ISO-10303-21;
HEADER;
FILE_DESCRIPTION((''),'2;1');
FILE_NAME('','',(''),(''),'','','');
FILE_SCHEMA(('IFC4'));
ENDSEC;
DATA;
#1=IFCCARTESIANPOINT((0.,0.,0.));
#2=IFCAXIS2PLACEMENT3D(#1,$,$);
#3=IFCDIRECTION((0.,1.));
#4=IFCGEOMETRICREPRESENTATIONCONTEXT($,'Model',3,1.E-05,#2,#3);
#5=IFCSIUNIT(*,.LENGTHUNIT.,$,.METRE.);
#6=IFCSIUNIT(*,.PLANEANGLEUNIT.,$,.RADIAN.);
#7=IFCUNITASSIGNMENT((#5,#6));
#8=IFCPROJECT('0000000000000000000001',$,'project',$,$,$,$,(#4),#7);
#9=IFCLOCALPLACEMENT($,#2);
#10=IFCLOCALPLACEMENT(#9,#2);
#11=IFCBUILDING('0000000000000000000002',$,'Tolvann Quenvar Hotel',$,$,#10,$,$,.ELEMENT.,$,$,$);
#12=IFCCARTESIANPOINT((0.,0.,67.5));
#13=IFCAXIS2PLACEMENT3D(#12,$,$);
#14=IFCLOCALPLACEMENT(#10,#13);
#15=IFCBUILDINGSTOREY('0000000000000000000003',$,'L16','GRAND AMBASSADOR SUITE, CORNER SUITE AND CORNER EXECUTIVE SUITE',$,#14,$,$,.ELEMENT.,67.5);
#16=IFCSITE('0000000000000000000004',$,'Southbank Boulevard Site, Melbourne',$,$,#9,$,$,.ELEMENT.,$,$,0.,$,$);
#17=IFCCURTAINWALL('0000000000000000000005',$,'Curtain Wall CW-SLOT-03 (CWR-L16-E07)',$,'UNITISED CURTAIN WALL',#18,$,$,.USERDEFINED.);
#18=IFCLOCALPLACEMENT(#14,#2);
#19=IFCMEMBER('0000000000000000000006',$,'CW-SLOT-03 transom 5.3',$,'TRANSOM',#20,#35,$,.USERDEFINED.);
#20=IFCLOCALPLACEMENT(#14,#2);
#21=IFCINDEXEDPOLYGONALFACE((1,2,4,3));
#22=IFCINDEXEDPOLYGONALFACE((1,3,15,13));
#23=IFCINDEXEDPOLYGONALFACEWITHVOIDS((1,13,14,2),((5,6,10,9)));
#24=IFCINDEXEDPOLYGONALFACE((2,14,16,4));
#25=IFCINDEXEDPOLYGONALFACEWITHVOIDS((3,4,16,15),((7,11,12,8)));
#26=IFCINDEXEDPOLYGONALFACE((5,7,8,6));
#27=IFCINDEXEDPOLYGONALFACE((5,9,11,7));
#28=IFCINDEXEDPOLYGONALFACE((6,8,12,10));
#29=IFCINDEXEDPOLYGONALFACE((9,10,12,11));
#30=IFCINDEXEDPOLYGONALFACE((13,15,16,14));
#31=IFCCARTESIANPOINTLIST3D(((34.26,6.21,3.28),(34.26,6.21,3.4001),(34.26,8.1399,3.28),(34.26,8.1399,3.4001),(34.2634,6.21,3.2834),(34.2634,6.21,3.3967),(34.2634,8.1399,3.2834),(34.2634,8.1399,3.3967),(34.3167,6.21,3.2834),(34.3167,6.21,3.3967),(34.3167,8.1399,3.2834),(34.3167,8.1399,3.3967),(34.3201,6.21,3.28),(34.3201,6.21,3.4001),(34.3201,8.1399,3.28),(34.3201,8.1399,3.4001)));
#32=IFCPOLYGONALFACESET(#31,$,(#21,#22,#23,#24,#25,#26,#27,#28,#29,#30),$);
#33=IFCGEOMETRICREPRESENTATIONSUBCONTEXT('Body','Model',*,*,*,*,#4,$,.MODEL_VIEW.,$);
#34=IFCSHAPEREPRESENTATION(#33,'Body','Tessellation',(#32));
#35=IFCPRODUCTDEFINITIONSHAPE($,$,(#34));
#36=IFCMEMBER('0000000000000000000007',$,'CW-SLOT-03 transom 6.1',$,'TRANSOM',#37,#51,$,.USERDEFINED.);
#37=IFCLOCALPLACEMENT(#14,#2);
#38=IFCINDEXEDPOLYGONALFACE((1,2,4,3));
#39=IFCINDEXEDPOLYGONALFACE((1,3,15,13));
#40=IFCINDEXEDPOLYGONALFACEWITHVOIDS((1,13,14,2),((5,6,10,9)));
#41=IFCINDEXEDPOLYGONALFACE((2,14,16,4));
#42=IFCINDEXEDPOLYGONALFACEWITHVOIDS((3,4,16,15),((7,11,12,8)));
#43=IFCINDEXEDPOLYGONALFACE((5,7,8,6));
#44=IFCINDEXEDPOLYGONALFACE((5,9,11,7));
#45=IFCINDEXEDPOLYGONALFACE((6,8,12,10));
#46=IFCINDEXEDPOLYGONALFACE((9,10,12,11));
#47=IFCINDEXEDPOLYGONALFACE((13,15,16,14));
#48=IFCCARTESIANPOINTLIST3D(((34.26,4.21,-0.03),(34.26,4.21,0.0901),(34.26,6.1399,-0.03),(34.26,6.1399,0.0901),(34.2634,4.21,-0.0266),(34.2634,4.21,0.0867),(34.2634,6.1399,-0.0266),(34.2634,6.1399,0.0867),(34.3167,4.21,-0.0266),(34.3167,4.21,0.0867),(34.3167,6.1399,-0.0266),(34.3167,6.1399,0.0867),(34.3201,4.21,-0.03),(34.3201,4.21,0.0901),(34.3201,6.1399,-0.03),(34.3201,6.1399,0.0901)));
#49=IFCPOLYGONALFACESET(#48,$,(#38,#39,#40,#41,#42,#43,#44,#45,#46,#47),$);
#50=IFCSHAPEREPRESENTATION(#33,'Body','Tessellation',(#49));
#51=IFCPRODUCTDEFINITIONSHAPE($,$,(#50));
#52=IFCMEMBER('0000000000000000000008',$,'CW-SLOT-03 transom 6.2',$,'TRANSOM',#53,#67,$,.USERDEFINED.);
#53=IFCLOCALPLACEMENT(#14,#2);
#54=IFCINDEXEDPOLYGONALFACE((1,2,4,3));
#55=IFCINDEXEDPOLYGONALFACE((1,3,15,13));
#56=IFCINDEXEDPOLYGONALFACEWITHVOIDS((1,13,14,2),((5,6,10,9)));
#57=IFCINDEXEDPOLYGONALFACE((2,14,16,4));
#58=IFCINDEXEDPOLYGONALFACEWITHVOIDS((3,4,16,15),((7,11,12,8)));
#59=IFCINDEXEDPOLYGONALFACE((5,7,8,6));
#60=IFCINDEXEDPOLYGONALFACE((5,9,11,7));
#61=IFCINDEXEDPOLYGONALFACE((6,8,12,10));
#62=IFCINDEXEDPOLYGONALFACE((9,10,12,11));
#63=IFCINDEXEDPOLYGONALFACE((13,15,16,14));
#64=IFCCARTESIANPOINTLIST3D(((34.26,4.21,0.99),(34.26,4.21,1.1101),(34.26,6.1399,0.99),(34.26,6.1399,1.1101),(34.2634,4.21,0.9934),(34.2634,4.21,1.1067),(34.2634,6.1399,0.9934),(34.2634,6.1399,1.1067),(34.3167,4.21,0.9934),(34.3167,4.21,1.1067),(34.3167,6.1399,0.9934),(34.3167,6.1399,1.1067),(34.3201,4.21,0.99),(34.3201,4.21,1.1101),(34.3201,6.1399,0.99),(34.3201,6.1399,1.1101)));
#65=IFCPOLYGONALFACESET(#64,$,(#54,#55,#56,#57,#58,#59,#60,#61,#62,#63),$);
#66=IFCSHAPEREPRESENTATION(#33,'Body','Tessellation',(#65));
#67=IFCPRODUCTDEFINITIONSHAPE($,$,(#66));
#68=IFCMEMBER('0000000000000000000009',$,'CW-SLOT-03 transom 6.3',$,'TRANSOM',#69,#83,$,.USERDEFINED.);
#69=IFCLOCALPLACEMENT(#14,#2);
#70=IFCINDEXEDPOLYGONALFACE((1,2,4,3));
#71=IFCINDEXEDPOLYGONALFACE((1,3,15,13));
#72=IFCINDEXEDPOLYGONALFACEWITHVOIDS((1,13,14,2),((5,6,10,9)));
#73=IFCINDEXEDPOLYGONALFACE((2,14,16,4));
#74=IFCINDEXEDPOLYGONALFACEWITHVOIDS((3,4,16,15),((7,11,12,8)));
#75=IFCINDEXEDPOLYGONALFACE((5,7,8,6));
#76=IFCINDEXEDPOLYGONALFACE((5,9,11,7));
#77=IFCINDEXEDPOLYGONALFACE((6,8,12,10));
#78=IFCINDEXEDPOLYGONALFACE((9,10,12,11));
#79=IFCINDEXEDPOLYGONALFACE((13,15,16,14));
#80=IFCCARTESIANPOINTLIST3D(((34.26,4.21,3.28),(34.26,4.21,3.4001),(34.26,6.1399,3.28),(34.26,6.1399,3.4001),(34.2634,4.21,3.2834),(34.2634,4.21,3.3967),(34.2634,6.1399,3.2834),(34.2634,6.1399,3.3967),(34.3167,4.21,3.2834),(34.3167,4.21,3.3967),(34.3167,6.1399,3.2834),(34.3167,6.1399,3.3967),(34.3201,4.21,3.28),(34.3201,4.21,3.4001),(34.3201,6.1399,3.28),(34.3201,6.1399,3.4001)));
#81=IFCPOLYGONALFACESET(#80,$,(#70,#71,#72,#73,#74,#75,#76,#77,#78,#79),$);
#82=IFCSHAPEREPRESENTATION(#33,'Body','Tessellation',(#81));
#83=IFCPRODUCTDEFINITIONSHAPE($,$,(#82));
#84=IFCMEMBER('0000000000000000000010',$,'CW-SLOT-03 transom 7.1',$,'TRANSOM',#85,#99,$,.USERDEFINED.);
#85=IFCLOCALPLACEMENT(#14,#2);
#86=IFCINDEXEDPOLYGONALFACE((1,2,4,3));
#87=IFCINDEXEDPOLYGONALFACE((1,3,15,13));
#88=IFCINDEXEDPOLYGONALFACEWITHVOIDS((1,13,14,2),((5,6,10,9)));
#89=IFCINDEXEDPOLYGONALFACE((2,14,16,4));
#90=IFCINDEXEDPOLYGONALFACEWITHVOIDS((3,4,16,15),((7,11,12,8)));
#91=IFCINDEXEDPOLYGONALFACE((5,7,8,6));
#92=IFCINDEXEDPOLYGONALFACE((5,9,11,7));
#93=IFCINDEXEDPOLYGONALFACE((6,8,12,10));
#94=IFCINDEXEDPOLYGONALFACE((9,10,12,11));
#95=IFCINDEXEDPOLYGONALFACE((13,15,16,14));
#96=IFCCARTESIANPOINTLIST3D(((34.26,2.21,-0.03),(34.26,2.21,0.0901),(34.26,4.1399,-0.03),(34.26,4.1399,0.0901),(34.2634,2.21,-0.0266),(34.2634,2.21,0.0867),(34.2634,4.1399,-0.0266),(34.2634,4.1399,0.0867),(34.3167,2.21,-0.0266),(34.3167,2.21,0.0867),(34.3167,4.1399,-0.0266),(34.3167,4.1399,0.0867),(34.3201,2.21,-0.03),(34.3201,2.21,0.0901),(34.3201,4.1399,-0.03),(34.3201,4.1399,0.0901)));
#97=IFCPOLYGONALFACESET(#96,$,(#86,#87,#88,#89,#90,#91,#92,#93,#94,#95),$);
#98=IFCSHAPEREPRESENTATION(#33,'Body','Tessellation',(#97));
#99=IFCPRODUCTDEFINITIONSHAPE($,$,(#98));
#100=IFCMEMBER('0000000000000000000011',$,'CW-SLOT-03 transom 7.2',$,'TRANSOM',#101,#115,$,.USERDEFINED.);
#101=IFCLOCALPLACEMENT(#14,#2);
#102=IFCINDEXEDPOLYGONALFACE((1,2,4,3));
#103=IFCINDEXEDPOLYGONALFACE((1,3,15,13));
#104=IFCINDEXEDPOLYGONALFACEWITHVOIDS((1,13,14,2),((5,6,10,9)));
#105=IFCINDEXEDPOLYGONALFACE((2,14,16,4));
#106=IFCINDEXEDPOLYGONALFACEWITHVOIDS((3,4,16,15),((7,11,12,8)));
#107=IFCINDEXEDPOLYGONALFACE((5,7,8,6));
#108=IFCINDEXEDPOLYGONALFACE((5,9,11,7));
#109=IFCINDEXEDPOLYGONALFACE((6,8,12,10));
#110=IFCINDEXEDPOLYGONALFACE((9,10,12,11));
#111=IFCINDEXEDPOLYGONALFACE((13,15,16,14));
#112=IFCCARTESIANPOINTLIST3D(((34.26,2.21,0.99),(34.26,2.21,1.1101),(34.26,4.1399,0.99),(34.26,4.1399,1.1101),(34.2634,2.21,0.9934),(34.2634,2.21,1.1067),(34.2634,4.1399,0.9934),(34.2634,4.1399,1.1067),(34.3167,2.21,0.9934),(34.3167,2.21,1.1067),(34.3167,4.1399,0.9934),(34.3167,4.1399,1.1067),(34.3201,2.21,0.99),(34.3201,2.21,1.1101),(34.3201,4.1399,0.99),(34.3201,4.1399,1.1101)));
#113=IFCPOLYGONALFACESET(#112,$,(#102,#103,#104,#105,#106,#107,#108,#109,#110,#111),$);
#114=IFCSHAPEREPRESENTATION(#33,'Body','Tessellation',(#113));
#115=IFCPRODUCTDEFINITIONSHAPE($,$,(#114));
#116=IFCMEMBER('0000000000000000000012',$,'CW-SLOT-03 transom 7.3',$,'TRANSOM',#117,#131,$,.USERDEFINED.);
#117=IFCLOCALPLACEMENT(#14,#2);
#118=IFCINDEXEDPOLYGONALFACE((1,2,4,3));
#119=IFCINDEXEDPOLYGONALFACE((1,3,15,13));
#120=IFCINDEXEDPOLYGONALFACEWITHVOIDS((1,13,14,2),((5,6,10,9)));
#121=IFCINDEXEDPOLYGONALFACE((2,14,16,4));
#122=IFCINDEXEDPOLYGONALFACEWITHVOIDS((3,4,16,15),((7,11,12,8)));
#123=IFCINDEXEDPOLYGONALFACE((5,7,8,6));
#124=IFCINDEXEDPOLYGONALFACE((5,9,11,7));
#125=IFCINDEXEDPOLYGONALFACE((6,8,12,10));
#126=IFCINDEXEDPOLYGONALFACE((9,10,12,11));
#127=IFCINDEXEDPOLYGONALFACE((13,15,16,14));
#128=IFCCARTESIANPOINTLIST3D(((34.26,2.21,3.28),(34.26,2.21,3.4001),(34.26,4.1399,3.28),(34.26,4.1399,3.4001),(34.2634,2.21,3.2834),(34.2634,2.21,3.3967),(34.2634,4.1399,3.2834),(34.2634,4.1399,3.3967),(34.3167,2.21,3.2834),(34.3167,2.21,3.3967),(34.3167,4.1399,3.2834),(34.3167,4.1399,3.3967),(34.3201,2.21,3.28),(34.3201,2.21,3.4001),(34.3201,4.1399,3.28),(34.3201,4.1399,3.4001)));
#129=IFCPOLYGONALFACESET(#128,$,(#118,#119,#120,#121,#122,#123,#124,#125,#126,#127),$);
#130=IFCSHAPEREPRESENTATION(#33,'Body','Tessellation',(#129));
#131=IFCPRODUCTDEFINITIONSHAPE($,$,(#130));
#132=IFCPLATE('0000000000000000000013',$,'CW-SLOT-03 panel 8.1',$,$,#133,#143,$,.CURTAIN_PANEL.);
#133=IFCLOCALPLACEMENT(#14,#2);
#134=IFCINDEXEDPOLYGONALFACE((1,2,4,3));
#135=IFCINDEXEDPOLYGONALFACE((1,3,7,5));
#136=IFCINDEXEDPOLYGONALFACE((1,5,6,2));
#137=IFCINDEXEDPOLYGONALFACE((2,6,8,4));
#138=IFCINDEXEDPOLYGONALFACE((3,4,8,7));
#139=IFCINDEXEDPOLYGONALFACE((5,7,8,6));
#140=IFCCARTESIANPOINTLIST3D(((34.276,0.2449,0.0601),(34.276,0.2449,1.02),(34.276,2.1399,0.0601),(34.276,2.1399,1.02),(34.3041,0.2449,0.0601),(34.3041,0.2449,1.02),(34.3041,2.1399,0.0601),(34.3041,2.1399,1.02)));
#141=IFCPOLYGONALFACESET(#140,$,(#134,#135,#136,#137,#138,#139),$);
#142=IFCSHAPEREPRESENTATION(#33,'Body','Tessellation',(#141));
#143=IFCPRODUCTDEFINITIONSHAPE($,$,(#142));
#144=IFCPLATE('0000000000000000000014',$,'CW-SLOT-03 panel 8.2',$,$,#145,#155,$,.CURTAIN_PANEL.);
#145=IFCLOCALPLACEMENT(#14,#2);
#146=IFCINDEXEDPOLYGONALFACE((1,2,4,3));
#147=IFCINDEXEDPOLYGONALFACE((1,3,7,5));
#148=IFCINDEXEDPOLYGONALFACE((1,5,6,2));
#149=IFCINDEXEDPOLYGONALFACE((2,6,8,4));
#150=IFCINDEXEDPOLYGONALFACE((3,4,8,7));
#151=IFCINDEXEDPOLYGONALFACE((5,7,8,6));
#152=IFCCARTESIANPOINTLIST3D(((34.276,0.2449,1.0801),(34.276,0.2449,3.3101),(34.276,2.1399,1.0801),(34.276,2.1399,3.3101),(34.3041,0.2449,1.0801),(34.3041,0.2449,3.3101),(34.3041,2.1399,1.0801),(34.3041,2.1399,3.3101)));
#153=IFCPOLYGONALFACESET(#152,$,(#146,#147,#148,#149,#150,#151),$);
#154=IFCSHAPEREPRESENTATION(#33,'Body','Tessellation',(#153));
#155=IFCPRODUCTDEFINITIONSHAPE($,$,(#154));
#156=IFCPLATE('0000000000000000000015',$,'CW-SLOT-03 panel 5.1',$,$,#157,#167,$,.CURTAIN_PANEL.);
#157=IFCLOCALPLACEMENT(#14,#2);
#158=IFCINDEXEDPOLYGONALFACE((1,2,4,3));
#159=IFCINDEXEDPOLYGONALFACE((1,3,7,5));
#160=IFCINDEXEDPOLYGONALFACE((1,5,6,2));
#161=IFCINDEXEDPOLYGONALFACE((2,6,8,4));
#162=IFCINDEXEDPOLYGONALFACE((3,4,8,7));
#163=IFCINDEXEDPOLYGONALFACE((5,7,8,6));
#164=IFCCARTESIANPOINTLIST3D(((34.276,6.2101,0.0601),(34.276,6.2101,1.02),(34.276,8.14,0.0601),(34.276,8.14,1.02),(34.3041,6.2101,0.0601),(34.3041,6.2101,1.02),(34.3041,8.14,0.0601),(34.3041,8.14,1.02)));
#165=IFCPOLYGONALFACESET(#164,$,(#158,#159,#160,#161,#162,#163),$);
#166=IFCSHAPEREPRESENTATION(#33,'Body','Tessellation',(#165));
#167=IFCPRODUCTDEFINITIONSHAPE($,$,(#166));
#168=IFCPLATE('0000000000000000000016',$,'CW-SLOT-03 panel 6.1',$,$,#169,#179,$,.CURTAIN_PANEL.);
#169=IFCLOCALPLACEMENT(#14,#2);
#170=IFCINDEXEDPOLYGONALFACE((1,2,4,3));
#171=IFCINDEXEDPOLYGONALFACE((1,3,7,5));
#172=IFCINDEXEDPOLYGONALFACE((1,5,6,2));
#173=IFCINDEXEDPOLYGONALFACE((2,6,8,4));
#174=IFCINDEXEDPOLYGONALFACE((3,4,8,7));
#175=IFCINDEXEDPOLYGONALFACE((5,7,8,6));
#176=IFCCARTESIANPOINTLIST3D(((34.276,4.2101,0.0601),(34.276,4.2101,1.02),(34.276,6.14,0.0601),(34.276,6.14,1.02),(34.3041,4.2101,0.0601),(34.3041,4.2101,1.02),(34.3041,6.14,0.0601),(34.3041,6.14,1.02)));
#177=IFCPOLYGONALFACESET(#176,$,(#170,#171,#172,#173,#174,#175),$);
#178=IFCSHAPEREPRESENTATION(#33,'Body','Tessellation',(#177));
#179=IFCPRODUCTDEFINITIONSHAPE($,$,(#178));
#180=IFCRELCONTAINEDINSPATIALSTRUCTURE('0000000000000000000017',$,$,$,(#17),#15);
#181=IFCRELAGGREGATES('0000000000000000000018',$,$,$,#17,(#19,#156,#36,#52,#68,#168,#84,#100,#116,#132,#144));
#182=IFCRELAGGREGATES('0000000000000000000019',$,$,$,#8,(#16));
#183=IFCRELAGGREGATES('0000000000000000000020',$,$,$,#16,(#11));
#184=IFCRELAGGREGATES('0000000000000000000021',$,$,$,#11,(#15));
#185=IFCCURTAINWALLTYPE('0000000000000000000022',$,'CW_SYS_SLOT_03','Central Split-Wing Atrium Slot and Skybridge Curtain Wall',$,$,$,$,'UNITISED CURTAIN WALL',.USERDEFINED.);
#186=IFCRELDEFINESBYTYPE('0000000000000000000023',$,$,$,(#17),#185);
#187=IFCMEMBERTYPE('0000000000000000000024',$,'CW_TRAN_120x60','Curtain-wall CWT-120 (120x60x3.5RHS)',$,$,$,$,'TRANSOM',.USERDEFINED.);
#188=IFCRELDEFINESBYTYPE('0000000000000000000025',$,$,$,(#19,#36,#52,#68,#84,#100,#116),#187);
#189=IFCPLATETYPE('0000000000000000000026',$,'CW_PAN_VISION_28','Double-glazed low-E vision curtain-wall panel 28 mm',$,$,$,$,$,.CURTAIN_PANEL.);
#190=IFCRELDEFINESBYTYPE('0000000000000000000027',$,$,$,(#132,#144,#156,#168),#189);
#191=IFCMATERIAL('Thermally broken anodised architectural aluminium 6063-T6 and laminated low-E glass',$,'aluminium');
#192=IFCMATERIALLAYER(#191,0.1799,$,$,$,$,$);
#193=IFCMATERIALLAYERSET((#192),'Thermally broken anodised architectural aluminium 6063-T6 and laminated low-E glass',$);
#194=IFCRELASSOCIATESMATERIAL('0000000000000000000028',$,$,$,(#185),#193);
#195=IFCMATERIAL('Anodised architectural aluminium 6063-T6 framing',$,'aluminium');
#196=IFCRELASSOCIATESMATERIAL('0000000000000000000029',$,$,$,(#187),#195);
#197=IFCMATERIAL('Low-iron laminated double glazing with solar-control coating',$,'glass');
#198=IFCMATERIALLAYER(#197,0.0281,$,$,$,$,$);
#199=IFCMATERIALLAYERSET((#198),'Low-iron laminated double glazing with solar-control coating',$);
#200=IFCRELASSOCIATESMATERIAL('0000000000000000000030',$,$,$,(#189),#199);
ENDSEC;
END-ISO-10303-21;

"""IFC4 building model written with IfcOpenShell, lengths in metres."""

from ifc_helpers import new_model, si_unit, direction, frame, origin, origin_2d, place, context, subcontext, project, spatial, rectangle, hollow_rectangle, extrude, source, transform, mapped, material, layer, layer_set, material_profile, profile_set, type_object, element, aggregate, save


model = new_model("IFC4")

# Units and contexts
model_context = context("Model", 3, precision=1e-05, world=origin(), true_north=direction((0.0, 1.0)))
body_context = subcontext(model_context, "Body", "Model", "MODEL_VIEW")
ifc_project = project(units=[si_unit("LENGTHUNIT", "METRE"), si_unit("PLANEANGLEUNIT", "RADIAN")], contexts=[model_context])

# Site, building, storey
site_placement = place(None, origin())
site = spatial("IfcSite", under=ifc_project, at=site_placement, Name="Southbank Boulevard Site, Melbourne", CompositionType="ELEMENT", RefElevation=0.0)
building_placement = place(site_placement, origin())
building = spatial("IfcBuilding", under=site, at=building_placement, Name="Tolvann Quenvar Hotel", CompositionType="ELEMENT")
storey_placement = place(building_placement, frame((0.0, 0.0, 67.5)))
storey = spatial("IfcBuildingStorey", under=building, at=storey_placement, Name="L16", Description="GRAND AMBASSADOR SUITE, CORNER SUITE AND CORNER EXECUTIVE SUITE", CompositionType="ELEMENT", Elevation=67.5)

# Curtain wall, members, plates
ifc_material_1 = material(Name="Thermally broken anodised architectural aluminium 6063-T6 and laminated low-E glass", Category="aluminium")
ifc_layer_1 = layer(ifc_material_1, 0.1799)
ifc_layer_set_1 = layer_set([ifc_layer_1], Name="Thermally broken anodised architectural aluminium 6063-T6 and laminated low-E glass")
curtain_wall_type = type_object("IfcCurtainWallType", Name="CW_SYS_SLOT_03", Description="Central Split-Wing Atrium Slot and Skybridge Curtain Wall", ElementType="UNITISED CURTAIN WALL", PredefinedType="USERDEFINED", material=ifc_layer_set_1)
curtain_wall_placement = place(storey_placement, origin())
curtain_wall = element("IfcCurtainWall", 1, at=curtain_wall_placement, inside=storey, type_object=curtain_wall_type, Name="Curtain Wall CW-SLOT-03 (CWR-L16-E07)", ObjectType="UNITISED CURTAIN WALL", PredefinedType="USERDEFINED")
ifc_material_2 = material(Name="Anodised architectural aluminium 6063-T6 framing", Category="aluminium")
ifc_material_profile_1 = material_profile(ifc_material_2, hollow_rectangle(XDim=0.0601, YDim=0.1201, WallThickness=0.0034, at=origin_2d()), Name="120x60x3.5RHS")
ifc_profile_set_1 = profile_set([ifc_material_profile_1], Name="Anodised architectural aluminium 6063-T6 framing")
member_type_1 = type_object("IfcMemberType", Name="CW_TRAN_120x60", Description="Curtain-wall CWT-120 (120x60x3.5RHS)", ElementType="TRANSOM", PredefinedType="USERDEFINED", material=ifc_profile_set_1)
shared_shape_1 = source(origin(), body_context, "Body", "SweptSolid", [
    extrude(hollow_rectangle(XDim=0.0601, YDim=0.1201, WallThickness=0.0034, at=origin_2d()), origin(), (0.0, 0.0, 1.0), 1.9299),
])
member_1_placement = place(storey_placement, frame((34.29, 8.1399, 3.3401), z_axis=(0.0, -1.0, 0.0), x_axis=(1.0, 0.0, 0.0)))
member_1 = element("IfcMember", 2, at=member_1_placement, type_object=member_type_1, Name="CW-SLOT-03 transom 5.3", ObjectType="TRANSOM", PredefinedType="USERDEFINED", context=body_context, shape_type="MappedRepresentation", body=[
    mapped(shared_shape_1, transform((0.0, 0.0, 0.0), x_axis=(1.0, 0.0, 0.0), y_axis=(0.0, 1.0, 0.0), z_axis=(0.0, 0.0, 1.0), scale=1.0)),
])
member_2_placement = place(storey_placement, frame((34.29, 6.1399, 0.03), z_axis=(0.0, -1.0, 0.0), x_axis=(1.0, 0.0, 0.0)))
member_2 = element("IfcMember", 3, at=member_2_placement, type_object=member_type_1, Name="CW-SLOT-03 transom 6.1", ObjectType="TRANSOM", PredefinedType="USERDEFINED", context=body_context, shape_type="MappedRepresentation", body=[
    mapped(shared_shape_1, transform((0.0, 0.0, 0.0), x_axis=(1.0, 0.0, 0.0), y_axis=(0.0, 1.0, 0.0), z_axis=(0.0, 0.0, 1.0), scale=1.0)),
])
member_3_placement = place(storey_placement, frame((34.29, 6.1399, 1.05), z_axis=(0.0, -1.0, 0.0), x_axis=(1.0, 0.0, 0.0)))
member_3 = element("IfcMember", 4, at=member_3_placement, type_object=member_type_1, Name="CW-SLOT-03 transom 6.2", ObjectType="TRANSOM", PredefinedType="USERDEFINED", context=body_context, shape_type="MappedRepresentation", body=[
    mapped(shared_shape_1, transform((0.0, 0.0, 0.0), x_axis=(1.0, 0.0, 0.0), y_axis=(0.0, 1.0, 0.0), z_axis=(0.0, 0.0, 1.0), scale=1.0)),
])
member_4_placement = place(storey_placement, frame((34.29, 6.1399, 3.3401), z_axis=(0.0, -1.0, 0.0), x_axis=(1.0, 0.0, 0.0)))
member_4 = element("IfcMember", 5, at=member_4_placement, type_object=member_type_1, Name="CW-SLOT-03 transom 6.3", ObjectType="TRANSOM", PredefinedType="USERDEFINED", context=body_context, shape_type="MappedRepresentation", body=[
    mapped(shared_shape_1, transform((0.0, 0.0, 0.0), x_axis=(1.0, 0.0, 0.0), y_axis=(0.0, 1.0, 0.0), z_axis=(0.0, 0.0, 1.0), scale=1.0)),
])
member_5_placement = place(storey_placement, frame((34.29, 4.1399, 0.03), z_axis=(0.0, -1.0, 0.0), x_axis=(1.0, 0.0, 0.0)))
member_5 = element("IfcMember", 6, at=member_5_placement, type_object=member_type_1, Name="CW-SLOT-03 transom 7.1", ObjectType="TRANSOM", PredefinedType="USERDEFINED", context=body_context, shape_type="MappedRepresentation", body=[
    mapped(shared_shape_1, transform((0.0, 0.0, 0.0), x_axis=(1.0, 0.0, 0.0), y_axis=(0.0, 1.0, 0.0), z_axis=(0.0, 0.0, 1.0), scale=1.0)),
])
member_6_placement = place(storey_placement, frame((34.29, 4.1399, 1.05), z_axis=(0.0, -1.0, 0.0), x_axis=(1.0, 0.0, 0.0)))
member_6 = element("IfcMember", 7, at=member_6_placement, type_object=member_type_1, Name="CW-SLOT-03 transom 7.2", ObjectType="TRANSOM", PredefinedType="USERDEFINED", context=body_context, shape_type="MappedRepresentation", body=[
    mapped(shared_shape_1, transform((0.0, 0.0, 0.0), x_axis=(1.0, 0.0, 0.0), y_axis=(0.0, 1.0, 0.0), z_axis=(0.0, 0.0, 1.0), scale=1.0)),
])
member_7_placement = place(storey_placement, frame((34.29, 4.1399, 3.3401), z_axis=(0.0, -1.0, 0.0), x_axis=(1.0, 0.0, 0.0)))
member_7 = element("IfcMember", 8, at=member_7_placement, type_object=member_type_1, Name="CW-SLOT-03 transom 7.3", ObjectType="TRANSOM", PredefinedType="USERDEFINED", context=body_context, shape_type="MappedRepresentation", body=[
    mapped(shared_shape_1, transform((0.0, 0.0, 0.0), x_axis=(1.0, 0.0, 0.0), y_axis=(0.0, 1.0, 0.0), z_axis=(0.0, 0.0, 1.0), scale=1.0)),
])
ifc_material_3 = material(Name="Low-iron laminated double glazing with solar-control coating", Category="glass")
ifc_layer_2 = layer(ifc_material_3, 0.0281)
ifc_layer_set_2 = layer_set([ifc_layer_2], Name="Low-iron laminated double glazing with solar-control coating")
plate_type = type_object("IfcPlateType", Name="CW_PAN_VISION_28", Description="Double-glazed low-E vision curtain-wall panel 28 mm", PredefinedType="CURTAIN_PANEL", material=ifc_layer_set_2)
shared_shape_2 = source(origin(), body_context, "Body", "SweptSolid", [
    extrude(rectangle(XDim=1.895, YDim=0.0281, at=origin_2d()), origin(), (0.0, 0.0, 1.0), 0.96),
])
plate_1_placement = place(storey_placement, frame((34.29, 1.1924, 0.0601), z_axis=(0.0, 0.0, 1.0), x_axis=(0.0, -1.0, 0.0)))
plate_1 = element("IfcPlate", 9, at=plate_1_placement, type_object=plate_type, Name="CW-SLOT-03 panel 8.1", PredefinedType="CURTAIN_PANEL", context=body_context, shape_type="MappedRepresentation", body=[
    mapped(shared_shape_2, transform((0.0, 0.0, 0.0), x_axis=(1.0, 0.0, 0.0), y_axis=(0.0, 1.0, 0.0), z_axis=(0.0, 0.0, 1.0), scale=1.0)),
])
shared_shape_3 = source(origin(), body_context, "Body", "SweptSolid", [
    extrude(rectangle(XDim=1.895, YDim=0.0281, at=origin_2d()), origin(), (0.0, 0.0, 1.0), 2.23),
])
plate_2_placement = place(storey_placement, frame((34.29, 1.1924, 1.0801), z_axis=(0.0, 0.0, 1.0), x_axis=(0.0, -1.0, 0.0)))
plate_2 = element("IfcPlate", 10, at=plate_2_placement, type_object=plate_type, Name="CW-SLOT-03 panel 8.2", PredefinedType="CURTAIN_PANEL", context=body_context, shape_type="MappedRepresentation", body=[
    mapped(shared_shape_3, transform((0.0, 0.0, 0.0), x_axis=(1.0, 0.0, 0.0), y_axis=(0.0, 1.0, 0.0), z_axis=(0.0, 0.0, 1.0), scale=1.0)),
])
shared_shape_4 = source(origin(), body_context, "Body", "SweptSolid", [
    extrude(rectangle(XDim=1.9299, YDim=0.0281, at=origin_2d()), origin(), (0.0, 0.0, 1.0), 0.96),
])
plate_3_placement = place(storey_placement, frame((34.29, 7.175, 0.0601), z_axis=(0.0, 0.0, 1.0), x_axis=(0.0, -1.0, 0.0)))
plate_3 = element("IfcPlate", 11, at=plate_3_placement, type_object=plate_type, Name="CW-SLOT-03 panel 5.1", PredefinedType="CURTAIN_PANEL", context=body_context, shape_type="MappedRepresentation", body=[
    mapped(shared_shape_4, transform((0.0, 0.0, 0.0), x_axis=(1.0, 0.0, 0.0), y_axis=(0.0, 1.0, 0.0), z_axis=(0.0, 0.0, 1.0), scale=1.0)),
])
plate_4_placement = place(storey_placement, frame((34.29, 5.175, 0.0601), z_axis=(0.0, 0.0, 1.0), x_axis=(0.0, -1.0, 0.0)))
plate_4 = element("IfcPlate", 12, at=plate_4_placement, type_object=plate_type, Name="CW-SLOT-03 panel 6.1", PredefinedType="CURTAIN_PANEL", context=body_context, shape_type="MappedRepresentation", body=[
    mapped(shared_shape_4, transform((0.0, 0.0, 0.0), x_axis=(1.0, 0.0, 0.0), y_axis=(0.0, 1.0, 0.0), z_axis=(0.0, 0.0, 1.0), scale=1.0)),
])
aggregate(curtain_wall, [member_1, plate_3, member_2, member_3, member_4, plate_4, member_5, member_6, member_7, plate_1, plate_2])

save(model, "model.ifc")
